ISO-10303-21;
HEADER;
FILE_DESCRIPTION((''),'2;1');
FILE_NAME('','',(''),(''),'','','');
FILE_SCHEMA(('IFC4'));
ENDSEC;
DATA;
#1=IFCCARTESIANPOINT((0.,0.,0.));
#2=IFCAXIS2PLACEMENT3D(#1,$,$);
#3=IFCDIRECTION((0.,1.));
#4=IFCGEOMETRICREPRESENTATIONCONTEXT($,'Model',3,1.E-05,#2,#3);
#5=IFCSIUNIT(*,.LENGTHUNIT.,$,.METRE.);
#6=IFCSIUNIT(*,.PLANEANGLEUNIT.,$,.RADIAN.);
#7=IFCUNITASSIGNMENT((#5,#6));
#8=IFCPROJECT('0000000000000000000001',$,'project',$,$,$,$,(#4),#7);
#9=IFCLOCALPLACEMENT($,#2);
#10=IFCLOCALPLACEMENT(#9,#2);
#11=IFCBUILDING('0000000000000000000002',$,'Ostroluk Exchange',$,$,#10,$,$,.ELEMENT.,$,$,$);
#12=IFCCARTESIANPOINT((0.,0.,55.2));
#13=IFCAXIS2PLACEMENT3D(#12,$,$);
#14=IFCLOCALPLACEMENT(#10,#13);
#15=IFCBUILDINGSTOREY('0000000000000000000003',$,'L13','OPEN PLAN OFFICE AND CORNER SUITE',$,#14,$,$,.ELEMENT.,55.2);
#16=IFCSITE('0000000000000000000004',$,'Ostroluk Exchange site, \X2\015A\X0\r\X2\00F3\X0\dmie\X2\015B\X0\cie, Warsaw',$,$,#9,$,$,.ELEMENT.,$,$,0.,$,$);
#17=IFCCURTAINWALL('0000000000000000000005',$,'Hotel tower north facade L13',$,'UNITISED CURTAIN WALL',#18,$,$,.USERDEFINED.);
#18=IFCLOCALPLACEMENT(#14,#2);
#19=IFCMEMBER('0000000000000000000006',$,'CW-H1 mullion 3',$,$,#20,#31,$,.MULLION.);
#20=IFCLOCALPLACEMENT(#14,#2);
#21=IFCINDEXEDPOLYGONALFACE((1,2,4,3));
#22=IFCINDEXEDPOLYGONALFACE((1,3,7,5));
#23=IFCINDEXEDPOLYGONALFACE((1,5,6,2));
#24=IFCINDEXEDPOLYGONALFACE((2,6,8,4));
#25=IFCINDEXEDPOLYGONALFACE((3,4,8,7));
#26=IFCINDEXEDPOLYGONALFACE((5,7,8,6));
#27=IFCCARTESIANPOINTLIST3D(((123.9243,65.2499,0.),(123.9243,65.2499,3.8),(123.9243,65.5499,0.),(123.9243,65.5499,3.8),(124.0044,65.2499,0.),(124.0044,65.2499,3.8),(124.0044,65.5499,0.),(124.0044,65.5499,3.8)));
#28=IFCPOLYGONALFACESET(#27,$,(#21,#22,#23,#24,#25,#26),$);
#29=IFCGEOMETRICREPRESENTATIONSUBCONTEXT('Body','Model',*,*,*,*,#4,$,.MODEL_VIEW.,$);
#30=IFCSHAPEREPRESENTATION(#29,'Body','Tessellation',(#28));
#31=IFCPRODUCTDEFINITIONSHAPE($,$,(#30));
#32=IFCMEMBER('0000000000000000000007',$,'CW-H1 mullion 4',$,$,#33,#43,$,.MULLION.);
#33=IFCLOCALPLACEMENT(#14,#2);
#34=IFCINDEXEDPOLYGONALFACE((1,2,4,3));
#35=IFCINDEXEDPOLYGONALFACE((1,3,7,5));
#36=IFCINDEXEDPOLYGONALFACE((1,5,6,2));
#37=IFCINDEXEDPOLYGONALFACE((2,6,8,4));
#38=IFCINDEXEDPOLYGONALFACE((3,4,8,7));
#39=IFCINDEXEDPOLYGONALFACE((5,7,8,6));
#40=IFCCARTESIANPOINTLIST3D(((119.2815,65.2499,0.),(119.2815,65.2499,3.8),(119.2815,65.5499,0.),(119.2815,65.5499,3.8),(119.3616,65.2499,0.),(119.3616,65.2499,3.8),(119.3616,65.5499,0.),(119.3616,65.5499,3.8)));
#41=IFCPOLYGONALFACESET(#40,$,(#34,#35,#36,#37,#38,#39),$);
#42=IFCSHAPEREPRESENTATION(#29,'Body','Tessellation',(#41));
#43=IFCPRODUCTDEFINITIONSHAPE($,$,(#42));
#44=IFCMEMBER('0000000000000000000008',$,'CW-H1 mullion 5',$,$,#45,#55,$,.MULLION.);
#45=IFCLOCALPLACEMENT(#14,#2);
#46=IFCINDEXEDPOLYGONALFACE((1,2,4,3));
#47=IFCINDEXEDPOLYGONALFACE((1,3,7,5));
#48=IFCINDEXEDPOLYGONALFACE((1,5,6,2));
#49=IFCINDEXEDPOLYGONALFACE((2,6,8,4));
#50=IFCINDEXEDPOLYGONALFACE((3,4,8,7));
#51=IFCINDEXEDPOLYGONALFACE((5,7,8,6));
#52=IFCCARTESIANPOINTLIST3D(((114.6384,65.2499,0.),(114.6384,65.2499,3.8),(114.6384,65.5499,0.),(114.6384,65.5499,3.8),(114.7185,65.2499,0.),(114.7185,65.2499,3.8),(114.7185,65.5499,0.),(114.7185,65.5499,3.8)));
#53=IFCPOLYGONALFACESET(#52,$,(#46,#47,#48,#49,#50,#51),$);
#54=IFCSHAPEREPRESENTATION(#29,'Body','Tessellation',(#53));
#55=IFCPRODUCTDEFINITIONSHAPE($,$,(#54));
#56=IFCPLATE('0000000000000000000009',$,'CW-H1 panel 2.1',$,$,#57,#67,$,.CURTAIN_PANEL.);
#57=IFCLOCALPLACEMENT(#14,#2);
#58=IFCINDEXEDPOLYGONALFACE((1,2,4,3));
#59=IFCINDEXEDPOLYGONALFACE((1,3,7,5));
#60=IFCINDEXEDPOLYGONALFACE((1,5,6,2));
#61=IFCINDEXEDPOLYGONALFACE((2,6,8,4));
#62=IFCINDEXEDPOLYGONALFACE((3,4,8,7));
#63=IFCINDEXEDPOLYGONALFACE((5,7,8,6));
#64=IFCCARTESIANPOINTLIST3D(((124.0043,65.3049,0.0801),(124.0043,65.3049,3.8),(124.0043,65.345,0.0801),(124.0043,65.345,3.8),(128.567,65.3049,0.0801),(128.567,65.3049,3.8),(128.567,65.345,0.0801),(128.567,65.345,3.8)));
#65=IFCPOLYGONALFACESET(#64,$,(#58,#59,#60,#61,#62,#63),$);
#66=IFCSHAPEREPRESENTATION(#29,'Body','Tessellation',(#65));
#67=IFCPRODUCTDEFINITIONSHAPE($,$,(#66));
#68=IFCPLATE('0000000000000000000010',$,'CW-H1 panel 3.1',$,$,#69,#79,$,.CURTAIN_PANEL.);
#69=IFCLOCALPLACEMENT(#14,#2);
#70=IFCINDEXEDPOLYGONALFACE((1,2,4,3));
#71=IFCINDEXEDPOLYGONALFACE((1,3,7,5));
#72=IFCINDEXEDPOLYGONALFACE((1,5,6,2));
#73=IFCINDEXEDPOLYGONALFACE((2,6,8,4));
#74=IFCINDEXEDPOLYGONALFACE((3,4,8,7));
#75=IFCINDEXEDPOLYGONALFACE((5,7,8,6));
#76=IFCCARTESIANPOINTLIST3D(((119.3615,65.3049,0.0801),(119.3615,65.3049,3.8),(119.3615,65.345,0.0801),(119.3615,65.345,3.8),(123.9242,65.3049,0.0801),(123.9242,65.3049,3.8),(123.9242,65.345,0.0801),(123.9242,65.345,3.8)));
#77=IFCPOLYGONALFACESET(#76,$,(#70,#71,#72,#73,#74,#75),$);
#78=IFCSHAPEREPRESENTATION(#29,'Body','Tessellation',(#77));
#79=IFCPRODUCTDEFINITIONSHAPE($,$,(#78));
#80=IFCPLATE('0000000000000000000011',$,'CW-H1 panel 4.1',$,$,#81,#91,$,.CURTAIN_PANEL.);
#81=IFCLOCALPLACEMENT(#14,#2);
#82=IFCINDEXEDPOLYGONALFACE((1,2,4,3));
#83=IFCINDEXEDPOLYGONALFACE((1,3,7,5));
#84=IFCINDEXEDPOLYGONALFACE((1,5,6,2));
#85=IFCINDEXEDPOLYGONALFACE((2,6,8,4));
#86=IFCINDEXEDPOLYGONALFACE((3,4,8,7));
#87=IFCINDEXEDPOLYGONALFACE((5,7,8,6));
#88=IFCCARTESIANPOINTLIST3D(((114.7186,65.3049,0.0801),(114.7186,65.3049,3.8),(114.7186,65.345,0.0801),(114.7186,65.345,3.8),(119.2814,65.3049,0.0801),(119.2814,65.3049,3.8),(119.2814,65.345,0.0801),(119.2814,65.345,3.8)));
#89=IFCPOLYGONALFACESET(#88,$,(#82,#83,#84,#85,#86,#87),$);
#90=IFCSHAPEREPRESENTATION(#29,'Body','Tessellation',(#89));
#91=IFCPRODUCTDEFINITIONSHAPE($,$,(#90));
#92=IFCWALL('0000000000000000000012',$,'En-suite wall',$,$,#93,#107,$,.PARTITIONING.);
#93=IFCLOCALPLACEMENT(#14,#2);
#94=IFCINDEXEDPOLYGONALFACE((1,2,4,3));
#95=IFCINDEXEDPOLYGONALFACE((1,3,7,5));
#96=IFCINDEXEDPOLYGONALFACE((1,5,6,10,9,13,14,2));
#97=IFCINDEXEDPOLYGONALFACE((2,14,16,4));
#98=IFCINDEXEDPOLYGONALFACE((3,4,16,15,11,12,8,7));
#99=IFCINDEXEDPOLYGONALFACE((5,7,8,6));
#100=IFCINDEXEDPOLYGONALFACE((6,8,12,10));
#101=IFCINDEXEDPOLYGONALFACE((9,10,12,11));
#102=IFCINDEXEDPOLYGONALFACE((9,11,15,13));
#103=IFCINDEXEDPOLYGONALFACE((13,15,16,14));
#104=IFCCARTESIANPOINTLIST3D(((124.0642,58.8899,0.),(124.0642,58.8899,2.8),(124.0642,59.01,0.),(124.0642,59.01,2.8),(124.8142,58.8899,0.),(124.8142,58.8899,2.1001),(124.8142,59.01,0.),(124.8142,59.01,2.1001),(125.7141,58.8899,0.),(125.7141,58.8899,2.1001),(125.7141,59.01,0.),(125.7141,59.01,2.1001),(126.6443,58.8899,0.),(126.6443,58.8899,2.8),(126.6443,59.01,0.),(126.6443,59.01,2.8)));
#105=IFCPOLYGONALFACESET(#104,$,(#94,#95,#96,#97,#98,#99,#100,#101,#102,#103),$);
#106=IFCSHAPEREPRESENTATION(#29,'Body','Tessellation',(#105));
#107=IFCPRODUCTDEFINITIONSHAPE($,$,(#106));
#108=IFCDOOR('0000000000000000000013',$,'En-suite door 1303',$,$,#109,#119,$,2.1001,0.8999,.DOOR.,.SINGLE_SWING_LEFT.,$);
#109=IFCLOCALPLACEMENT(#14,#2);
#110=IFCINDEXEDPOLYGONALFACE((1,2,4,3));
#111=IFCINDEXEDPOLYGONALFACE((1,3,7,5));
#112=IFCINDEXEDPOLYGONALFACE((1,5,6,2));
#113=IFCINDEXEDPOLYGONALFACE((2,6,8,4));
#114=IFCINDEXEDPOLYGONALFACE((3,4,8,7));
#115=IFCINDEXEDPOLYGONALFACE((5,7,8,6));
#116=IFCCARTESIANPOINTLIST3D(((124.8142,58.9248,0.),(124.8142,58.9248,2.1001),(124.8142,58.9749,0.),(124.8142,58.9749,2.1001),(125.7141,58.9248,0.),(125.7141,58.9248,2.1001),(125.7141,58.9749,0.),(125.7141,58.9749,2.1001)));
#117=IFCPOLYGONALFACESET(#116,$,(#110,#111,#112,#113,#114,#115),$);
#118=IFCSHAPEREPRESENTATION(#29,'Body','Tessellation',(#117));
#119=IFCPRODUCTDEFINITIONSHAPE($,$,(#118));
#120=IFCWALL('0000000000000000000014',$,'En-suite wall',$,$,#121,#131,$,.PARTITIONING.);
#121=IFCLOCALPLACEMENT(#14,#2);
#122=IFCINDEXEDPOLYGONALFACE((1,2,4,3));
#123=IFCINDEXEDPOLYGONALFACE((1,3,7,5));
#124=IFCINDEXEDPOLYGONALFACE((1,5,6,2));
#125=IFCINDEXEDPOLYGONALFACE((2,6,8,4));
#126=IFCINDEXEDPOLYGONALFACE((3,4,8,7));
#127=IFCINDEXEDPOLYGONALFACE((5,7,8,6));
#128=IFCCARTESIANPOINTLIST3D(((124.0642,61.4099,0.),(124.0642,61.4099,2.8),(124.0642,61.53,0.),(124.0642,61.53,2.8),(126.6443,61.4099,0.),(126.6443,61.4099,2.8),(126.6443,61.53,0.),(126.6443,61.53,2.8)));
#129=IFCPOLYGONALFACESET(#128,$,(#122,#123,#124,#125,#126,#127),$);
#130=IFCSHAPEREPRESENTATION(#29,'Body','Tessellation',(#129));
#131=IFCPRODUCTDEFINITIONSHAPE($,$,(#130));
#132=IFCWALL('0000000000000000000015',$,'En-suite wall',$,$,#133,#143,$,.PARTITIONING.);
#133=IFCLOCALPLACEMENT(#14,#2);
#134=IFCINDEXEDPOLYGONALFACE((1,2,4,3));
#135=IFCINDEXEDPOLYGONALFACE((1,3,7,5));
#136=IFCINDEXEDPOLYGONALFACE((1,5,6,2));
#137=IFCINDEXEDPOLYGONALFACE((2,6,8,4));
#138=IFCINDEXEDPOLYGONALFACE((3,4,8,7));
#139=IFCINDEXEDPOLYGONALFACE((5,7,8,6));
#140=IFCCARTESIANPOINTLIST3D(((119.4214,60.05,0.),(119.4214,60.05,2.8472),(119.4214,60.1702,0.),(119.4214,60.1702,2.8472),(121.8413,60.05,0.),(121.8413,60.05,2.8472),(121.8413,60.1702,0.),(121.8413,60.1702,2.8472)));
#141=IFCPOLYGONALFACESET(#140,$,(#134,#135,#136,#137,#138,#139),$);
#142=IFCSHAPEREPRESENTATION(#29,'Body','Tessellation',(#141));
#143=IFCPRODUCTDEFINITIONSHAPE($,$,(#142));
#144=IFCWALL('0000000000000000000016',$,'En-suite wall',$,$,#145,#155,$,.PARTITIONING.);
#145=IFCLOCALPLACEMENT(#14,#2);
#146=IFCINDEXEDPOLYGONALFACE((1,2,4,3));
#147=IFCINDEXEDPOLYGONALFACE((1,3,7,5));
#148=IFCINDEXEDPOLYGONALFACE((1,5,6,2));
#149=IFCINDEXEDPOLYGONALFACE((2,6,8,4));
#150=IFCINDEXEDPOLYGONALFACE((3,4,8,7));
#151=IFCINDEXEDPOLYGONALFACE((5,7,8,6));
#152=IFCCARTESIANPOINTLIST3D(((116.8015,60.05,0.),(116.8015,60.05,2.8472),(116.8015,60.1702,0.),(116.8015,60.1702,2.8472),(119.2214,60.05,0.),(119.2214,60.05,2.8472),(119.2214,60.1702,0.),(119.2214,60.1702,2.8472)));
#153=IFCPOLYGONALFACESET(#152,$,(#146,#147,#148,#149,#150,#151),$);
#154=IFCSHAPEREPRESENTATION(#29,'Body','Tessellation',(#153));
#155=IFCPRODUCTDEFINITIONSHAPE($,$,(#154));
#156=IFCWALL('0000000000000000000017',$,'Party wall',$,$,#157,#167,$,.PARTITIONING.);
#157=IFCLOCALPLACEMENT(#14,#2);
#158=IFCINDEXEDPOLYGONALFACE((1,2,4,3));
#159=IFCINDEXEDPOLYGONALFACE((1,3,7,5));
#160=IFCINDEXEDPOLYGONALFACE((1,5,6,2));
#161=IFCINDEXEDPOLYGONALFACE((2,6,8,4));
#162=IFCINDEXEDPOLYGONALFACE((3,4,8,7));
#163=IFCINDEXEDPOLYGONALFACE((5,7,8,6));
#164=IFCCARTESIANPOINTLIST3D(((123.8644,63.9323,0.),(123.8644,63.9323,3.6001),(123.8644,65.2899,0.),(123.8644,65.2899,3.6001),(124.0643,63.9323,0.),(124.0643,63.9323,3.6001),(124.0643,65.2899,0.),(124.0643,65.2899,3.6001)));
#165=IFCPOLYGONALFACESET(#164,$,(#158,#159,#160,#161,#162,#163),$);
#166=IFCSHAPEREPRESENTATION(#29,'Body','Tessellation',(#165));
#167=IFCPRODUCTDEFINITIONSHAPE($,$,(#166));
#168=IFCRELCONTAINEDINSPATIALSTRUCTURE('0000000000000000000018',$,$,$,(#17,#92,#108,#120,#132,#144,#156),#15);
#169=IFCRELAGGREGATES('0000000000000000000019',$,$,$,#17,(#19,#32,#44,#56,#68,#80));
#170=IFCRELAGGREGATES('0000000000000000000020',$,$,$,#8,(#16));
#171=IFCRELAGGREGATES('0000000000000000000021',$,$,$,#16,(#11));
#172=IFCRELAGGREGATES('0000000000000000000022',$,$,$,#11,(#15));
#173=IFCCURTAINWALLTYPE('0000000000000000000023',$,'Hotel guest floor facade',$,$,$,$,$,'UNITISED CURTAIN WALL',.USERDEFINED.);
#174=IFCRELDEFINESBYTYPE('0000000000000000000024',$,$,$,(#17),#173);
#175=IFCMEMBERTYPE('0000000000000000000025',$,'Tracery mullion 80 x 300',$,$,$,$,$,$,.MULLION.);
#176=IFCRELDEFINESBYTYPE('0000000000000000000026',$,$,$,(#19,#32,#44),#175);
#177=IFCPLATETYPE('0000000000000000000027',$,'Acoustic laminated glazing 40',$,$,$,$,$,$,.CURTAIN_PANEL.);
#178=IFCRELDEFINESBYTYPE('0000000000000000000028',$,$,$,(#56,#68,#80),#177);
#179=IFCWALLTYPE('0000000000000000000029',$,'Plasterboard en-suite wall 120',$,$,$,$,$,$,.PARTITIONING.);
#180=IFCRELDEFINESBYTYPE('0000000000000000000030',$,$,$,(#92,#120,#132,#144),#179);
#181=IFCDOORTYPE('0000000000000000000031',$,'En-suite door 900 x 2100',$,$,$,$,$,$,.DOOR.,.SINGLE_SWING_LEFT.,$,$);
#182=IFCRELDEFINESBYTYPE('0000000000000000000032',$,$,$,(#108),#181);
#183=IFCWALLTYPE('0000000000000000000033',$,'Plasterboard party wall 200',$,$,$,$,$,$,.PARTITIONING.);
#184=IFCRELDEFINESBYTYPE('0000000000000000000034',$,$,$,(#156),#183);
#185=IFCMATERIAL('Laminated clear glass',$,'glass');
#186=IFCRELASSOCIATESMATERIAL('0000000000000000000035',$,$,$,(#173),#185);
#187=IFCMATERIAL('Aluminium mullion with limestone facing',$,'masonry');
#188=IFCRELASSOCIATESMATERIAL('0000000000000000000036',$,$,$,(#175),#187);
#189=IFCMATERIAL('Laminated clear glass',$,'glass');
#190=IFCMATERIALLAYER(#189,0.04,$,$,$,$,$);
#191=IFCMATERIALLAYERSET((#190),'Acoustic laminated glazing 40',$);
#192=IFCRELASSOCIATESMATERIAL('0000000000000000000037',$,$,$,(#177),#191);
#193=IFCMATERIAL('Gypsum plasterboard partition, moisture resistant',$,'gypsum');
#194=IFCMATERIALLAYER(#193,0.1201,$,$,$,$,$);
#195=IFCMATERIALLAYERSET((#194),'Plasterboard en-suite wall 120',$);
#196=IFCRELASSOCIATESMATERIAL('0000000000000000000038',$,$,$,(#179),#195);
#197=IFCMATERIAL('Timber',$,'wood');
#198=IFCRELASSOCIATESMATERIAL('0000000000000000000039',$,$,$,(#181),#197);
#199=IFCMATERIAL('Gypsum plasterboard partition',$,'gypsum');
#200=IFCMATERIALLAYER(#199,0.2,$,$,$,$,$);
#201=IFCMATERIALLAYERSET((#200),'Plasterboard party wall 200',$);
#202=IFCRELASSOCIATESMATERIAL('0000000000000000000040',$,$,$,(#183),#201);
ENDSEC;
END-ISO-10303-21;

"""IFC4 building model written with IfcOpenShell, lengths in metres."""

from ifc_helpers import new_model, si_unit, direction, frame, frame_2d, origin, origin_2d, place, context, subcontext, project, spatial, rectangle, extrude, material, layer, layer_set, material_profile, profile_set, type_object, element, fill, aggregate, save


model = new_model("IFC4")

# Units and contexts
model_context = context("Model", 3, precision=1e-05, world=origin(), true_north=direction((0.0, 1.0)))
body_context = subcontext(model_context, "Body", "Model", "MODEL_VIEW")
ifc_project = project(units=[si_unit("LENGTHUNIT", "METRE"), si_unit("PLANEANGLEUNIT", "RADIAN")], contexts=[model_context])

# Site, building, storey
site_placement = place(None, origin())
site = spatial("IfcSite", under=ifc_project, at=site_placement, Name="Ostroluk Exchange site, Śródmieście, Warsaw", CompositionType="ELEMENT", RefElevation=0.0)
building_placement = place(site_placement, origin())
building = spatial("IfcBuilding", under=site, at=building_placement, Name="Ostroluk Exchange", CompositionType="ELEMENT")
storey_placement = place(building_placement, frame((0.0, 0.0, 55.2)))
storey = spatial("IfcBuildingStorey", under=building, at=storey_placement, Name="L13", Description="OPEN PLAN OFFICE AND CORNER SUITE", CompositionType="ELEMENT", Elevation=55.2)

# Curtain wall, members, plates
ifc_material_1 = material(Name="Laminated clear glass", Category="glass")
curtain_wall_type = type_object("IfcCurtainWallType", Name="Hotel guest floor facade", ElementType="UNITISED CURTAIN WALL", PredefinedType="USERDEFINED", material=ifc_material_1)
curtain_wall_placement = place(storey_placement, origin())
curtain_wall = element("IfcCurtainWall", 1, at=curtain_wall_placement, inside=storey, type_object=curtain_wall_type, Name="Hotel tower north facade L13", ObjectType="UNITISED CURTAIN WALL", PredefinedType="USERDEFINED")
ifc_material_2 = material(Name="Aluminium mullion with limestone facing", Category="masonry")
ifc_material_profile_1 = material_profile(ifc_material_2, rectangle(XDim=0.3, YDim=0.0801, at=origin_2d()), Name="Tracery mullion 80 x 300")
ifc_profile_set_1 = profile_set([ifc_material_profile_1], Name="Aluminium mullion with limestone facing")
member_type_1 = type_object("IfcMemberType", Name="Tracery mullion 80 x 300", PredefinedType="MULLION", material=ifc_profile_set_1)
member_1_placement = place(storey_placement, frame((123.9644, 65.3999, 0.0), z_axis=(0.0, 0.0, 1.0), x_axis=(0.0, -1.0, 0.0)))
member_1 = element("IfcMember", 2, at=member_1_placement, type_object=member_type_1, Name="CW-H1 mullion 3", PredefinedType="MULLION", context=body_context, shape_type="SweptSolid", body=[
    extrude(rectangle(XDim=0.3, YDim=0.0801, at=origin_2d()), origin(), (0.0, 0.0, 1.0), 3.8),
])
member_2_placement = place(storey_placement, frame((119.3215, 65.3999, 0.0), z_axis=(0.0, 0.0, 1.0), x_axis=(0.0, -1.0, 0.0)))
member_2 = element("IfcMember", 3, at=member_2_placement, type_object=member_type_1, Name="CW-H1 mullion 4", PredefinedType="MULLION", context=body_context, shape_type="SweptSolid", body=[
    extrude(rectangle(XDim=0.3, YDim=0.0801, at=origin_2d()), origin(), (0.0, 0.0, 1.0), 3.8),
])
member_3_placement = place(storey_placement, frame((114.6785, 65.3999, 0.0), z_axis=(0.0, 0.0, 1.0), x_axis=(0.0, -1.0, 0.0)))
member_3 = element("IfcMember", 4, at=member_3_placement, type_object=member_type_1, Name="CW-H1 mullion 5", PredefinedType="MULLION", context=body_context, shape_type="SweptSolid", body=[
    extrude(rectangle(XDim=0.3, YDim=0.0801, at=origin_2d()), origin(), (0.0, 0.0, 1.0), 3.8),
])
ifc_material_3 = material(Name="Laminated clear glass", Category="glass")
ifc_layer_1 = layer(ifc_material_3, 0.04)
ifc_layer_set_1 = layer_set([ifc_layer_1], Name="Acoustic laminated glazing 40")
plate_type = type_object("IfcPlateType", Name="Acoustic laminated glazing 40", PredefinedType="CURTAIN_PANEL", material=ifc_layer_set_1)
plate_1_placement = place(storey_placement, frame((126.2856, 65.325, 0.0801), z_axis=(0.0, 0.0, 1.0), x_axis=(-1.0, 0.0, 0.0)))
plate_1 = element("IfcPlate", 5, at=plate_1_placement, type_object=plate_type, Name="CW-H1 panel 2.1", PredefinedType="CURTAIN_PANEL", context=body_context, shape_type="SweptSolid", body=[
    extrude(rectangle(XDim=4.5627, YDim=0.04, at=origin_2d()), origin(), (0.0, 0.0, 1.0), 3.72),
])
plate_2_placement = place(storey_placement, frame((121.6428, 65.325, 0.0801), z_axis=(0.0, 0.0, 1.0), x_axis=(-1.0, 0.0, 0.0)))
plate_2 = element("IfcPlate", 6, at=plate_2_placement, type_object=plate_type, Name="CW-H1 panel 3.1", PredefinedType="CURTAIN_PANEL", context=body_context, shape_type="SweptSolid", body=[
    extrude(rectangle(XDim=4.5627, YDim=0.04, at=origin_2d()), origin(), (0.0, 0.0, 1.0), 3.72),
])
plate_3_placement = place(storey_placement, frame((117.0, 65.325, 0.0801), z_axis=(0.0, 0.0, 1.0), x_axis=(-1.0, 0.0, 0.0)))
plate_3 = element("IfcPlate", 7, at=plate_3_placement, type_object=plate_type, Name="CW-H1 panel 4.1", PredefinedType="CURTAIN_PANEL", context=body_context, shape_type="SweptSolid", body=[
    extrude(rectangle(XDim=4.5627, YDim=0.04, at=origin_2d()), origin(), (0.0, 0.0, 1.0), 3.72),
])
aggregate(curtain_wall, [member_1, member_2, member_3, plate_1, plate_2, plate_3])

# Wall, opening, door
ifc_material_4 = material(Name="Gypsum plasterboard partition, moisture resistant", Category="gypsum")
ifc_layer_2 = layer(ifc_material_4, 0.1201)
ifc_layer_set_2 = layer_set([ifc_layer_2], Name="Plasterboard en-suite wall 120")
wall_type_1 = type_object("IfcWallType", Name="Plasterboard en-suite wall 120", PredefinedType="PARTITIONING", material=ifc_layer_set_2)
wall_1_placement = place(storey_placement, frame((124.0642, 58.95, 0.0), z_axis=(0.0, 0.0, 1.0), x_axis=(1.0, 0.0, 0.0)))
wall_1 = element("IfcWall", 8, at=wall_1_placement, inside=storey, type_object=wall_type_1, Name="En-suite wall", PredefinedType="PARTITIONING", context=body_context, shape_type="SweptSolid", body=[
    extrude(rectangle(XDim=2.5801, YDim=0.1201, at=frame_2d((1.29, 0.0))), origin(), (0.0, 0.0, 1.0), 2.8),
])
opening_placement = place(wall_1_placement, frame((0.75, 0.0, 0.0)))
opening = element("IfcOpeningElement", 9, at=opening_placement, cuts=wall_1, PredefinedType="OPENING", context=body_context, shape_type="SweptSolid", body=[
    extrude(rectangle(XDim=0.8999, YDim=2.1001, at=frame_2d((0.45, 1.05))), frame((0.0, 0.0701, 0.0), z_axis=(0.0, -1.0, 0.0), x_axis=(1.0, 0.0, 0.0)), (0.0, 0.0, 1.0), 0.1401),
])
ifc_material_5 = material(Name="Timber", Category="wood")
door_type = type_object("IfcDoorType", Name="En-suite door 900 x 2100", OperationType="SINGLE_SWING_LEFT", PredefinedType="DOOR", material=ifc_material_5)
door_placement = place(opening_placement, origin())
door = element("IfcDoor", 10, at=door_placement, inside=storey, type_object=door_type, Name="En-suite door 1303", OperationType="SINGLE_SWING_LEFT", OverallHeight=2.1001, OverallWidth=0.8999, PredefinedType="DOOR", context=body_context, shape_type="SweptSolid", body=[
    extrude(rectangle(XDim=0.8999, YDim=2.1001, at=frame_2d((0.45, 1.05))), frame((0.0, 0.0249, 0.0), z_axis=(0.0, -1.0, 0.0), x_axis=(1.0, 0.0, 0.0)), (0.0, 0.0, 1.0), 0.05),
])
fill(opening, door)

# Walls
wall_2_placement = place(storey_placement, frame((124.0642, 61.47, 0.0), z_axis=(0.0, 0.0, 1.0), x_axis=(1.0, 0.0, 0.0)))
element("IfcWall", 11, at=wall_2_placement, inside=storey, type_object=wall_type_1, Name="En-suite wall", PredefinedType="PARTITIONING", context=body_context, shape_type="SweptSolid", body=[
    extrude(rectangle(XDim=2.5801, YDim=0.1201, at=frame_2d((1.29, 0.0))), origin(), (0.0, 0.0, 1.0), 2.8),
])
for number, where, z_axis, x_axis, name in (
    (12, (121.8413, 60.1101, 0.0), (0.0, 0.0, 1.0), (-1.0, 0.0, 0.0), "En-suite wall"),
    (13, (119.2214, 60.1101, 0.0), (0.0, 0.0, 1.0), (-1.0, 0.0, 0.0), "En-suite wall"),
):
    element("IfcWall", number, at=place(storey_placement, frame(where, z_axis=z_axis, x_axis=x_axis)), inside=storey, type_object=wall_type_1, Name=name, PredefinedType="PARTITIONING", context=body_context, shape_type="SweptSolid", body=[
        extrude(rectangle(XDim=2.4199, YDim=0.1201, at=frame_2d((1.21, 0.0))), origin(), (0.0, 0.0, 1.0), 2.8472),
    ])
ifc_material_6 = material(Name="Gypsum plasterboard partition", Category="gypsum")
ifc_layer_3 = layer(ifc_material_6, 0.2)
ifc_layer_set_3 = layer_set([ifc_layer_3], Name="Plasterboard party wall 200")
wall_type_2 = type_object("IfcWallType", Name="Plasterboard party wall 200", PredefinedType="PARTITIONING", material=ifc_layer_set_3)
wall_3_placement = place(storey_placement, frame((123.9644, 63.9324, 0.0), z_axis=(0.0, 0.0, 1.0), x_axis=(0.0, 1.0, 0.0)))
element("IfcWall", 14, at=wall_3_placement, inside=storey, type_object=wall_type_2, Name="Party wall", PredefinedType="PARTITIONING", context=body_context, shape_type="SweptSolid", body=[
    extrude(rectangle(XDim=1.3577, YDim=0.2, at=frame_2d((0.6787, 0.0))), origin(), (0.0, 0.0, 1.0), 3.6001),
])

save(model, "model.ifc")
